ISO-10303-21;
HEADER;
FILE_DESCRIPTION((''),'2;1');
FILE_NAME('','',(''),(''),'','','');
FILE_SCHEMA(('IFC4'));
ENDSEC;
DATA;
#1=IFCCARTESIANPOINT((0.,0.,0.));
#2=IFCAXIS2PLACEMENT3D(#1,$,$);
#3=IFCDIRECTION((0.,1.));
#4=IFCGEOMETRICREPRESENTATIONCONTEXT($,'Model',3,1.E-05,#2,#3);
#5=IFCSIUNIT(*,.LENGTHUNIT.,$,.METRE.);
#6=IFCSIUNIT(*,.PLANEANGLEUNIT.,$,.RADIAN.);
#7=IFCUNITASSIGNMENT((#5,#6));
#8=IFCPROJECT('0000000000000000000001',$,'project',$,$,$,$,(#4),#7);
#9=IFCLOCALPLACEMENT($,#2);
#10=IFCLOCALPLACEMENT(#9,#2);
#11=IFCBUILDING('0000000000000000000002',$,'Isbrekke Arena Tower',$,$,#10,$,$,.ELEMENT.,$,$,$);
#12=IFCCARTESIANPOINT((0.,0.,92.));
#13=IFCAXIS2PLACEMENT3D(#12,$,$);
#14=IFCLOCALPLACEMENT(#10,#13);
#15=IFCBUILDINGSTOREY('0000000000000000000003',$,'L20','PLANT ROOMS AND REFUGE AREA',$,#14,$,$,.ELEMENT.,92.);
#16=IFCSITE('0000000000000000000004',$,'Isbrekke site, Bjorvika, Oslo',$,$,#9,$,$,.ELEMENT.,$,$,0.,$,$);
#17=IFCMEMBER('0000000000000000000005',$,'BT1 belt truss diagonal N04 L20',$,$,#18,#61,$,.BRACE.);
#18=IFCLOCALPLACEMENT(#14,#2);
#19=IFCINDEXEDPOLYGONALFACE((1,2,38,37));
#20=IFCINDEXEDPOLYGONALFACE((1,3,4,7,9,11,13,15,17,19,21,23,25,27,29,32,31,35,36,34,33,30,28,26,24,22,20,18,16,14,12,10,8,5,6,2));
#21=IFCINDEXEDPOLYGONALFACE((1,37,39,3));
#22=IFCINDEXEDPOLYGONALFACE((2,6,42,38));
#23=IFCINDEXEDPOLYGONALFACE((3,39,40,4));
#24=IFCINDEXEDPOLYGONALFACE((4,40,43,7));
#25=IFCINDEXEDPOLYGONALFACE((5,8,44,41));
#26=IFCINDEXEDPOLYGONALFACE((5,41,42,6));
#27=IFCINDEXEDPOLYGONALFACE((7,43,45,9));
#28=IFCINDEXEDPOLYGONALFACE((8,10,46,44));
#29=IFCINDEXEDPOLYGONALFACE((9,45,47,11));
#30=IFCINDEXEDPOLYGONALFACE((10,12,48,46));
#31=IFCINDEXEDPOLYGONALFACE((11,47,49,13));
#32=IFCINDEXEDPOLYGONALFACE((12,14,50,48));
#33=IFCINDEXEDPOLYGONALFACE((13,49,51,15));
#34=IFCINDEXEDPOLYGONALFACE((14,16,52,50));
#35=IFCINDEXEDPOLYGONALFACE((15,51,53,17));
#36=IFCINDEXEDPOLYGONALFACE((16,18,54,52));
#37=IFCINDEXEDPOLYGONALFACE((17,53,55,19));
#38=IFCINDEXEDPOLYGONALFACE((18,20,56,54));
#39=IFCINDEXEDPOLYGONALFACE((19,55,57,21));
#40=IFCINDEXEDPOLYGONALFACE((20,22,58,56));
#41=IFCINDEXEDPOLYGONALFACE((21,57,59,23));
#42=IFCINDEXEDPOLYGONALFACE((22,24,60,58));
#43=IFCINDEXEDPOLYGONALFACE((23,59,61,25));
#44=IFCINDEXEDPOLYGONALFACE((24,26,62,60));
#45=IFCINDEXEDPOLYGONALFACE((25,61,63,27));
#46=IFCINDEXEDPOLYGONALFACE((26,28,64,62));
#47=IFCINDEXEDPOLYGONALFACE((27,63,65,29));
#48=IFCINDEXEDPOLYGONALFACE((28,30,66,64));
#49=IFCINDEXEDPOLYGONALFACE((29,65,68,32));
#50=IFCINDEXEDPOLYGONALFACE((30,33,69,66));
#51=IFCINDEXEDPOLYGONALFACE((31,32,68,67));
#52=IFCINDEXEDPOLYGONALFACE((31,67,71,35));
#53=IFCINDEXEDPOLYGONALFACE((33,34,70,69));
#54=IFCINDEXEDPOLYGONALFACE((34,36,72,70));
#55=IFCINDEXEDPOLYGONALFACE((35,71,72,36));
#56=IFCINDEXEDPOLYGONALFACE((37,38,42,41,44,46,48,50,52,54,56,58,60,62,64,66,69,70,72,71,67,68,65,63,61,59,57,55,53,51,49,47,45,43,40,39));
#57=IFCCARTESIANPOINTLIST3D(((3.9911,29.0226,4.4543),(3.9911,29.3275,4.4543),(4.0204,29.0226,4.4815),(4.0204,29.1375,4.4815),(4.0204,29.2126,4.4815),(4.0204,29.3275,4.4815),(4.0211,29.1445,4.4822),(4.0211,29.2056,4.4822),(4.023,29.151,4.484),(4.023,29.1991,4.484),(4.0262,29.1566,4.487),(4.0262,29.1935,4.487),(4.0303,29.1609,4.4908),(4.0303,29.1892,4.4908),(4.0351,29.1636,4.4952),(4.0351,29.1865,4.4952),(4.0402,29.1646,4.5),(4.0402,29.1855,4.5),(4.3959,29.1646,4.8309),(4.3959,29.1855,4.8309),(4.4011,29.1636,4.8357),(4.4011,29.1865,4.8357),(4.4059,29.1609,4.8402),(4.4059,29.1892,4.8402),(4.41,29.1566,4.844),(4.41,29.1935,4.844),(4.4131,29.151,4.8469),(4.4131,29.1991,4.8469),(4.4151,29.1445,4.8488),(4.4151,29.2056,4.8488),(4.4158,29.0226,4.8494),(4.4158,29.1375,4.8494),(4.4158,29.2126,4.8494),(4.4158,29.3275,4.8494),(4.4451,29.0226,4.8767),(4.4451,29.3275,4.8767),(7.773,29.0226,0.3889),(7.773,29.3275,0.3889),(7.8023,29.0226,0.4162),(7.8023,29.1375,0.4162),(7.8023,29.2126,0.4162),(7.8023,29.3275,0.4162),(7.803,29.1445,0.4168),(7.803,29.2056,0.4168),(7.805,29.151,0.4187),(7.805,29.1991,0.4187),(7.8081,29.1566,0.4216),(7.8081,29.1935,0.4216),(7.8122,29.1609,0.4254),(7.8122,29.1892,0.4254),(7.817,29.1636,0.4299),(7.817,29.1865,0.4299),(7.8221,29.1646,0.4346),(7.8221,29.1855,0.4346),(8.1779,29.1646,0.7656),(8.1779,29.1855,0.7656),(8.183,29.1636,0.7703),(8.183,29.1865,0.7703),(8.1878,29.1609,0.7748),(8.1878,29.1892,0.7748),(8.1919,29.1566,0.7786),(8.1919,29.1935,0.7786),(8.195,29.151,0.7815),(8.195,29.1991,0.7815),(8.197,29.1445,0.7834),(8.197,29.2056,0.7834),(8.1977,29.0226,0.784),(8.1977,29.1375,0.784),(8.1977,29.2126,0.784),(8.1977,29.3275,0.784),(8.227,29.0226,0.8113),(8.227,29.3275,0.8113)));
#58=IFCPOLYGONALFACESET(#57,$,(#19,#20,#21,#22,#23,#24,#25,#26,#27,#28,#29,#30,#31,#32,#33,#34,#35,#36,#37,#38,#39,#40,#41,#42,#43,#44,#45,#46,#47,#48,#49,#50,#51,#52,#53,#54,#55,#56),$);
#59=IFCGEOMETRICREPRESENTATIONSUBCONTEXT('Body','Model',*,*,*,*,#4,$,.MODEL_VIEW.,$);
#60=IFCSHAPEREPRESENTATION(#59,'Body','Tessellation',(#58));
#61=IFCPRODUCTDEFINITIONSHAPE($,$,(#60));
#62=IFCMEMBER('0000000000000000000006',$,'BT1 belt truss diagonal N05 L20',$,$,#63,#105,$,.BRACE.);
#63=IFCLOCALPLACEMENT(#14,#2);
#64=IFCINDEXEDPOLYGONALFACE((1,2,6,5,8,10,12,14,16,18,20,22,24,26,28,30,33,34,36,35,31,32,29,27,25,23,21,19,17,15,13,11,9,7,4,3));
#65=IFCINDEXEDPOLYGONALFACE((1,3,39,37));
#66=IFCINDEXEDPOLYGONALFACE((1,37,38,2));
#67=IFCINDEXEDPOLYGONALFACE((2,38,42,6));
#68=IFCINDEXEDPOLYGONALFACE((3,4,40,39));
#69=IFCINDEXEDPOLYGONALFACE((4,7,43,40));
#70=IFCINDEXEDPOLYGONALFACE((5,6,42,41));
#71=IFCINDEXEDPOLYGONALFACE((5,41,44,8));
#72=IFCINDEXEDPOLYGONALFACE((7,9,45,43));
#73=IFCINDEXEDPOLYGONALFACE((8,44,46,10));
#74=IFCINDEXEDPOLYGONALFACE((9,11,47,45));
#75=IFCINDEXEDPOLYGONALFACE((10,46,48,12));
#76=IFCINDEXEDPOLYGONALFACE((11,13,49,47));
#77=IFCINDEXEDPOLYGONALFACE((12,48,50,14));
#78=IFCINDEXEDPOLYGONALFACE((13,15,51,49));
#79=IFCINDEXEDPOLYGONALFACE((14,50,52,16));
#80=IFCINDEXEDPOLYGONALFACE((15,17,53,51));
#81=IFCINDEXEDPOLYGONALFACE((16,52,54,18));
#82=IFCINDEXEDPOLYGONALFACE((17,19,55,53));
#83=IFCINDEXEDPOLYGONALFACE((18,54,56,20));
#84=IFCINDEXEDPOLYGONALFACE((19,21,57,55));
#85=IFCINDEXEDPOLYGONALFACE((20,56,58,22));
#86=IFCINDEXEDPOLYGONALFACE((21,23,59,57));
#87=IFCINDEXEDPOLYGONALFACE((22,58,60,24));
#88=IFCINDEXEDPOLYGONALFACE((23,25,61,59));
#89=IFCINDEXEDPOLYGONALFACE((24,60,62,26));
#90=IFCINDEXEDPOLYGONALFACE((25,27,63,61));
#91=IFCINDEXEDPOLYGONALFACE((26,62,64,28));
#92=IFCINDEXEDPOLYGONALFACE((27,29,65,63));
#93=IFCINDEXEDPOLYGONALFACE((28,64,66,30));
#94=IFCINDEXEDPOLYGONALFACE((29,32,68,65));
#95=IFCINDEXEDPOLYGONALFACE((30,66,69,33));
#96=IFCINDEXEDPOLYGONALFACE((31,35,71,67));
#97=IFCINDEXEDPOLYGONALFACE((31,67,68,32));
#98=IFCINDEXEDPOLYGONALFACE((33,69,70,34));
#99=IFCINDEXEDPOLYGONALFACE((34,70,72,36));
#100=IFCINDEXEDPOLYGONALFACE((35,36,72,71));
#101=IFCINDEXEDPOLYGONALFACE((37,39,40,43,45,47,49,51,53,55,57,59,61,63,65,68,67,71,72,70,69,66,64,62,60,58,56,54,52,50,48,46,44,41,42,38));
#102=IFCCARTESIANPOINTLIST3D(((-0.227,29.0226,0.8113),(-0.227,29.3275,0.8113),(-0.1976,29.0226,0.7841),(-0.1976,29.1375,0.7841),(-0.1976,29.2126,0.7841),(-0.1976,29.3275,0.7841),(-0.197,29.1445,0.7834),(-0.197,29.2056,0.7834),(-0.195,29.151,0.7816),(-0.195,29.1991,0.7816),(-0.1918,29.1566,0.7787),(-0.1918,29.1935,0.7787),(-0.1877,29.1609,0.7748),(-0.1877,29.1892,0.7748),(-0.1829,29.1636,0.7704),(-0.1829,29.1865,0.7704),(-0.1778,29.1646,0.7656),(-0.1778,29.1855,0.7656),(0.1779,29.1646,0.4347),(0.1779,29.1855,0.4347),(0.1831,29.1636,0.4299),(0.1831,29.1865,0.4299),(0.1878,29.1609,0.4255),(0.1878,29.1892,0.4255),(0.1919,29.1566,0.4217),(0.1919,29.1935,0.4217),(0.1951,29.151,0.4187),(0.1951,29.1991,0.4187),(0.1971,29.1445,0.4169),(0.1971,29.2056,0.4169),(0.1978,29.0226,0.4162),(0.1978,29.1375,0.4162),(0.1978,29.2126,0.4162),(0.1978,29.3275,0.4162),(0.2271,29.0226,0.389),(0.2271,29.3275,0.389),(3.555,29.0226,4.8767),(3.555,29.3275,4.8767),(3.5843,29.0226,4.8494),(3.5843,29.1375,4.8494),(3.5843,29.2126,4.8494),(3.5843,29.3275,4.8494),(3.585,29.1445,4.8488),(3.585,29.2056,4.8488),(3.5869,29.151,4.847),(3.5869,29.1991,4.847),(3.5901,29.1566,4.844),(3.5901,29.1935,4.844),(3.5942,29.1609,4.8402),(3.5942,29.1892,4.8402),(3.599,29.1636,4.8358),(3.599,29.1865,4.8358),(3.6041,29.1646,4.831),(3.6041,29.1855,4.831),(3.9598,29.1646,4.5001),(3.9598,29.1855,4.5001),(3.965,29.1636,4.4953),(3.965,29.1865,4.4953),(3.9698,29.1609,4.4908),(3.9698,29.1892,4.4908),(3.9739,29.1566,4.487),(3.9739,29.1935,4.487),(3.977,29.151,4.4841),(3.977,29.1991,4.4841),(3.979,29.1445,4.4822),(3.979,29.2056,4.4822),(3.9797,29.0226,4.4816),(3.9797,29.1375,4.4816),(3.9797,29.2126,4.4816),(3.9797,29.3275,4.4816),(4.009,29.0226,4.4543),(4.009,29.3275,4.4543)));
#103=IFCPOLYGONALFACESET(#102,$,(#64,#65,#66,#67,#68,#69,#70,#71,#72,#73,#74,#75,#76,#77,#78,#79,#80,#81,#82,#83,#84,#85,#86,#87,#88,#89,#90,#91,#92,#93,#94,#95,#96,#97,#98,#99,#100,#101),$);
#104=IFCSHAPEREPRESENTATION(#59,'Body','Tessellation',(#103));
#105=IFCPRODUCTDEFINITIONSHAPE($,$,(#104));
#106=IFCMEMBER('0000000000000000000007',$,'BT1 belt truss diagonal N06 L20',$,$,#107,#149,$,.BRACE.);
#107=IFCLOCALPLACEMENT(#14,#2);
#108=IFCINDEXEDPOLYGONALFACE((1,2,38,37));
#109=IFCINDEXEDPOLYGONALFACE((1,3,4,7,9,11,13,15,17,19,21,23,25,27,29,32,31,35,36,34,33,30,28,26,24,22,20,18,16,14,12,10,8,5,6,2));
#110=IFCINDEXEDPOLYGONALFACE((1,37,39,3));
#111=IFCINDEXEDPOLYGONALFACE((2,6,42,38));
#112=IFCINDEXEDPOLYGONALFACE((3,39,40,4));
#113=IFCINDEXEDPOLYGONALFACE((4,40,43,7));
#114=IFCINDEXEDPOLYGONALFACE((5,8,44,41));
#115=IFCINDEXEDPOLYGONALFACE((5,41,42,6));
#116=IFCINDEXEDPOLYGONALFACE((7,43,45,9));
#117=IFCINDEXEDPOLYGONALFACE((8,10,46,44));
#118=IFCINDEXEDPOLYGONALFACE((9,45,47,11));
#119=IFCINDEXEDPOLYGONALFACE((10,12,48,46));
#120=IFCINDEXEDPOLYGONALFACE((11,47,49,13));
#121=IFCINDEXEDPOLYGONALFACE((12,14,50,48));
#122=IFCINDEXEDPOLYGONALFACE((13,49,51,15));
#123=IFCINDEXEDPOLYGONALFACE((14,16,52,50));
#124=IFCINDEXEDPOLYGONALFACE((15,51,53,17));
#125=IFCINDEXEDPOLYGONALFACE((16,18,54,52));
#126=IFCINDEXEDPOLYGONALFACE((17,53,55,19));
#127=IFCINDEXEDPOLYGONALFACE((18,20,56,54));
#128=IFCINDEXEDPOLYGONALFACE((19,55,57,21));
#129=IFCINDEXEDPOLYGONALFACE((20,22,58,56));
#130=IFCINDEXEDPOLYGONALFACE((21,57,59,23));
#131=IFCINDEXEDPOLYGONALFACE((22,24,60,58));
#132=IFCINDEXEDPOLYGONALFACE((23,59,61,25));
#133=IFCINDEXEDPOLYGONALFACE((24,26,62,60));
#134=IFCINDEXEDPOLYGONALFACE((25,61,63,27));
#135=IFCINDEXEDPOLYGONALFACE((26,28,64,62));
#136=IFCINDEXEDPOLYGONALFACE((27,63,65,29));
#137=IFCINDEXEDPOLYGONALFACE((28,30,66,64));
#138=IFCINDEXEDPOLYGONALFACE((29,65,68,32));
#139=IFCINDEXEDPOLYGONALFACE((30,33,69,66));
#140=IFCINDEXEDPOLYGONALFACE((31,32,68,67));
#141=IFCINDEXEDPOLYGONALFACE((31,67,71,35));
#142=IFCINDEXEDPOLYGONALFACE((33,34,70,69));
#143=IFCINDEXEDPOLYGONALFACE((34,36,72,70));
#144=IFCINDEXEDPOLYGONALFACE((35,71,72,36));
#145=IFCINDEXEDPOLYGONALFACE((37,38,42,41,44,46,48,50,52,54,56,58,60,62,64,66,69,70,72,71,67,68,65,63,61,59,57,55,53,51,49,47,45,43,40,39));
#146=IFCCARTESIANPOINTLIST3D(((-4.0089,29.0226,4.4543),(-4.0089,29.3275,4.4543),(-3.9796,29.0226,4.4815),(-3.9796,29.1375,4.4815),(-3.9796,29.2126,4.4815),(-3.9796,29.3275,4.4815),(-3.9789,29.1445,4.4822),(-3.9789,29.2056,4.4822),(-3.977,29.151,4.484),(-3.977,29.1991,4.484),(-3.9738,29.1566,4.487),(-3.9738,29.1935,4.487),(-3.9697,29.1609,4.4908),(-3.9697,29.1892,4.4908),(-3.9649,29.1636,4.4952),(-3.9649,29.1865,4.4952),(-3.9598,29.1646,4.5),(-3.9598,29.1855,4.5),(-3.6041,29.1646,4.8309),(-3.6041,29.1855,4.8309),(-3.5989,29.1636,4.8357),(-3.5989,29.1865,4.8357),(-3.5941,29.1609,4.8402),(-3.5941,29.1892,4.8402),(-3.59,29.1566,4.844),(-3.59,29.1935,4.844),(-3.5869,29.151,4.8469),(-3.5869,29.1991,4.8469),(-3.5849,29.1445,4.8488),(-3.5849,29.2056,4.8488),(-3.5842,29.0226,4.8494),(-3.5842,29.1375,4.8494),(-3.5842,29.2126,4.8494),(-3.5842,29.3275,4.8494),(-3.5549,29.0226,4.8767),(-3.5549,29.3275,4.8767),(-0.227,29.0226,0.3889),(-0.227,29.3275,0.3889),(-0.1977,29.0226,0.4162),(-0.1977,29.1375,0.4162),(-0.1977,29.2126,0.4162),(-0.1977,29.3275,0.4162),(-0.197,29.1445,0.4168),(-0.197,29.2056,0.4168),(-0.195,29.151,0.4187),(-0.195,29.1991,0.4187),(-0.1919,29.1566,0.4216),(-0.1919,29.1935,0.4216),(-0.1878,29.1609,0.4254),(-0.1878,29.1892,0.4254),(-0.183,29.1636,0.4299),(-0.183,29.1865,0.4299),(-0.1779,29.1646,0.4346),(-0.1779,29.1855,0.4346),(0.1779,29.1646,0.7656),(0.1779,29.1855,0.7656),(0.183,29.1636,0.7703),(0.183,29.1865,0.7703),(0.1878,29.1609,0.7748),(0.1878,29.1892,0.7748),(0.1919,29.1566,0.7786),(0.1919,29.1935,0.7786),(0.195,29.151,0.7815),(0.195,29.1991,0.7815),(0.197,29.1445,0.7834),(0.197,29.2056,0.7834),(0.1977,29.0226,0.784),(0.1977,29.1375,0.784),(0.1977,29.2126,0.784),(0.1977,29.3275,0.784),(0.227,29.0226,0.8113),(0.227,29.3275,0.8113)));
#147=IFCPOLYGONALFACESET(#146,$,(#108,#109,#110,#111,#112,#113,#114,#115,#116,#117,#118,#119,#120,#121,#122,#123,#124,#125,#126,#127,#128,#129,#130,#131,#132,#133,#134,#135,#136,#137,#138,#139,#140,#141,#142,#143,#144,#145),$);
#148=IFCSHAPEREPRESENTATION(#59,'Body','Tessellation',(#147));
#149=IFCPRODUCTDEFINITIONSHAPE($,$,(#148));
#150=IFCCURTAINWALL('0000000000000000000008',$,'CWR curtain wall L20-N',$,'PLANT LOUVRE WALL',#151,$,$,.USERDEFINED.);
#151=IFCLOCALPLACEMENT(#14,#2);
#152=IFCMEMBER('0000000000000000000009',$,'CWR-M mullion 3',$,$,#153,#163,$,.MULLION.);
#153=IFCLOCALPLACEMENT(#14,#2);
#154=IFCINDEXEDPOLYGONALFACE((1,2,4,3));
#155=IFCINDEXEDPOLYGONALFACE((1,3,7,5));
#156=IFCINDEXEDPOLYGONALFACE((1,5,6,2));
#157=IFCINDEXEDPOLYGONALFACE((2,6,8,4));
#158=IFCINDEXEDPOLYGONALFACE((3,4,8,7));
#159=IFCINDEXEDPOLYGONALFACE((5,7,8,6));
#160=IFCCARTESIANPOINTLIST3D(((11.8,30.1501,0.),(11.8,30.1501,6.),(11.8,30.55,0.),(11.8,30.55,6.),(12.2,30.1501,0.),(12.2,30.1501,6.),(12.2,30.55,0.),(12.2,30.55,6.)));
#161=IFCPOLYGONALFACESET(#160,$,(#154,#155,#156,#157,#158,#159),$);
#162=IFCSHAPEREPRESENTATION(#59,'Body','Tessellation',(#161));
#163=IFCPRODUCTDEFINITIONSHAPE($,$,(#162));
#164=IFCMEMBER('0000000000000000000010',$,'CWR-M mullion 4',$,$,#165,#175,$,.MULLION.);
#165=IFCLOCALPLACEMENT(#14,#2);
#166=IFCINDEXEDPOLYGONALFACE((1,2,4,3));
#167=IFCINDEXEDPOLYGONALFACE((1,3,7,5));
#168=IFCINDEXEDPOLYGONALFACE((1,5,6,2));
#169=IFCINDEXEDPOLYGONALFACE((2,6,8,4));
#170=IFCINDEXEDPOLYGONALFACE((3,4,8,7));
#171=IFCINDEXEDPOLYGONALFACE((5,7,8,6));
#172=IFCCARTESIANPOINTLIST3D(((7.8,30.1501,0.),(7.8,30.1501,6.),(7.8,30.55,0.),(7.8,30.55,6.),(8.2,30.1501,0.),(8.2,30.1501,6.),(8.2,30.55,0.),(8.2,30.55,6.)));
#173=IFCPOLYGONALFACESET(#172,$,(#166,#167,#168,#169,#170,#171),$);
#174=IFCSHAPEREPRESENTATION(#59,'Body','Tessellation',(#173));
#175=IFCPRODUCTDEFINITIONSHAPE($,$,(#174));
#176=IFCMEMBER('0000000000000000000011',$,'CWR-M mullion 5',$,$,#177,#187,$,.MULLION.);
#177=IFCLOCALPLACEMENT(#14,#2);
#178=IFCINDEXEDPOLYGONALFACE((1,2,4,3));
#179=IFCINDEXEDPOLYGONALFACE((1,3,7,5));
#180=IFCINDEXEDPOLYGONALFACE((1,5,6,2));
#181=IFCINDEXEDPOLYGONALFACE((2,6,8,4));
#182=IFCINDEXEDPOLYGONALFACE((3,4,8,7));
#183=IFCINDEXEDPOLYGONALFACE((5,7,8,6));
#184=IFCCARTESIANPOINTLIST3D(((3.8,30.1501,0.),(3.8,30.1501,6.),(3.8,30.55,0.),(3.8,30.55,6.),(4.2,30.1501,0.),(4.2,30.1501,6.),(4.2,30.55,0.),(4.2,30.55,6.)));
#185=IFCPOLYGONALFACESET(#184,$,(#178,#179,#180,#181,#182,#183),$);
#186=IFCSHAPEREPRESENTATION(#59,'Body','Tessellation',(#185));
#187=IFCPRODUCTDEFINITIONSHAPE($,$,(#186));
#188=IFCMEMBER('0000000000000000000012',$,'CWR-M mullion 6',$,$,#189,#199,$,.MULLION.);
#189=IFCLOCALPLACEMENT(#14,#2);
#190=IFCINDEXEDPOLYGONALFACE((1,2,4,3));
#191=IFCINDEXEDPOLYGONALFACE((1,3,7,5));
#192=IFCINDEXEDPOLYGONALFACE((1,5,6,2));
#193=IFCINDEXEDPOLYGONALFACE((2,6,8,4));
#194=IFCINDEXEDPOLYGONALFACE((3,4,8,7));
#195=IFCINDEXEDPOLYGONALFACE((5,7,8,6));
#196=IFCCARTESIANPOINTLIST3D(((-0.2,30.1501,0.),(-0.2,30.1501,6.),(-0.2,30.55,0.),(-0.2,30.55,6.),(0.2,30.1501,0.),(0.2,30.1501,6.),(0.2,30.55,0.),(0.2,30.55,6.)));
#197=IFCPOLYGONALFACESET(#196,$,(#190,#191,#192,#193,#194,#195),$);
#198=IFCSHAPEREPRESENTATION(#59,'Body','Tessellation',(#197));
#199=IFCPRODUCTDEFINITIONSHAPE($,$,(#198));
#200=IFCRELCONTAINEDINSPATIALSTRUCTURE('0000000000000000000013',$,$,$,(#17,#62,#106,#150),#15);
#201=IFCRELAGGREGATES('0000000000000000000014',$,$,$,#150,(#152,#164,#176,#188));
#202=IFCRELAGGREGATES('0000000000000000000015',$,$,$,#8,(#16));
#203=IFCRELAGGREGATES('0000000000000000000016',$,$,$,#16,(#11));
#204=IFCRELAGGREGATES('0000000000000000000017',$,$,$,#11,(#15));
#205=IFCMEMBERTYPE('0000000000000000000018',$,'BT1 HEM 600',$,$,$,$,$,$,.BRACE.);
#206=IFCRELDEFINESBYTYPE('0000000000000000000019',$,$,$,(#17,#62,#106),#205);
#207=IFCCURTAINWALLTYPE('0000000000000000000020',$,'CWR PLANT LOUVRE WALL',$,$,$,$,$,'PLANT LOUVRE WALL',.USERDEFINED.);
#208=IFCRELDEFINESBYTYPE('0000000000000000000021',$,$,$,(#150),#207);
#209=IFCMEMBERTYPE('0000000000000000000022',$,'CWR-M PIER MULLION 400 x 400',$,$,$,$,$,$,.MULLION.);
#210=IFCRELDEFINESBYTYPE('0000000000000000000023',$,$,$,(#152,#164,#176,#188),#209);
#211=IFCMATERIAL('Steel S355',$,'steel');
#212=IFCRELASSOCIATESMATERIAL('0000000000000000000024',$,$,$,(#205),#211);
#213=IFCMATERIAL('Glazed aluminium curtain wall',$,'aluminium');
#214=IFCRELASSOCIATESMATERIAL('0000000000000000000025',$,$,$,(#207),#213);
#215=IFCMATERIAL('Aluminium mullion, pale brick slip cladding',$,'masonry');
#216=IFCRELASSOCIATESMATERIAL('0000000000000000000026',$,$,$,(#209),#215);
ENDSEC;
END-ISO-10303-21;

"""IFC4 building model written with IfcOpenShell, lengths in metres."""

from ifc_helpers import new_model, si_unit, direction, frame, origin, origin_2d, place, context, subcontext, project, spatial, rectangle, i_section, extrude, material, material_profile, profile_set, type_object, element, aggregate, save


model = new_model("IFC4")

# Units and contexts
model_context = context("Model", 3, precision=1e-05, world=origin(), true_north=direction((0.0, 1.0)))
body_context = subcontext(model_context, "Body", "Model", "MODEL_VIEW")
ifc_project = project(units=[si_unit("LENGTHUNIT", "METRE"), si_unit("PLANEANGLEUNIT", "RADIAN")], contexts=[model_context])

# Site, building, storey
site_placement = place(None, origin())
site = spatial("IfcSite", under=ifc_project, at=site_placement, Name="Isbrekke site, Bjorvika, Oslo", CompositionType="ELEMENT", RefElevation=0.0)
building_placement = place(site_placement, origin())
building = spatial("IfcBuilding", under=site, at=building_placement, Name="Isbrekke Arena Tower", CompositionType="ELEMENT")
storey_placement = place(building_placement, frame((0.0, 0.0, 92.0)))
storey = spatial("IfcBuildingStorey", under=building, at=storey_placement, Name="L20", Description="PLANT ROOMS AND REFUGE AREA", CompositionType="ELEMENT", Elevation=92.0)

# Members
ifc_material_1 = material(Name="Steel S355", Category="steel")
ifc_material_profile_1 = material_profile(ifc_material_1, i_section(OverallWidth=0.3049, OverallDepth=0.6201, WebThickness=0.021, FlangeThickness=0.04, FilletRadius=0.0271, at=origin_2d()), Name="HEM 600")
ifc_profile_set_1 = profile_set([ifc_material_profile_1], Name="Steel S355")
member_type_1 = type_object("IfcMemberType", Name="BT1 HEM 600", PredefinedType="BRACE", material=ifc_profile_set_1)
for number, where, z_axis, x_axis, name in (
    (1, (8.0, 29.175, 0.6001), (-0.681122, 0.0, 0.73217), (0.0, -1.0, 0.0), "BT1 belt truss diagonal N04 L20"),
    (2, (3.782, 29.175, 4.6655), (-0.681122, 0.0, -0.73217), (0.0, -1.0, 0.0), "BT1 belt truss diagonal N05 L20"),
    (3, (0.0, 29.175, 0.6001), (-0.681122, 0.0, 0.73217), (0.0, -1.0, 0.0), "BT1 belt truss diagonal N06 L20"),
):
    element("IfcMember", number, at=place(storey_placement, frame(where, z_axis=z_axis, x_axis=x_axis)), inside=storey, type_object=member_type_1, Name=name, PredefinedType="BRACE", context=body_context, shape_type="SweptSolid", body=[
        extrude(i_section(OverallWidth=0.3049, OverallDepth=0.6201, WebThickness=0.021, FlangeThickness=0.04, FilletRadius=0.0271, at=origin_2d()), origin(), (0.0, 0.0, 1.0), 5.5525),
    ])

# Curtain wall, members
ifc_material_2 = material(Name="Glazed aluminium curtain wall", Category="aluminium")
curtain_wall_type = type_object("IfcCurtainWallType", Name="CWR PLANT LOUVRE WALL", ElementType="PLANT LOUVRE WALL", PredefinedType="USERDEFINED", material=ifc_material_2)
curtain_wall_placement = place(storey_placement, origin())
curtain_wall = element("IfcCurtainWall", 4, at=curtain_wall_placement, inside=storey, type_object=curtain_wall_type, Name="CWR curtain wall L20-N", ObjectType="PLANT LOUVRE WALL", PredefinedType="USERDEFINED")
ifc_material_3 = material(Name="Aluminium mullion, pale brick slip cladding", Category="masonry")
ifc_material_profile_2 = material_profile(ifc_material_3, rectangle(XDim=0.3999, YDim=0.3999, at=origin_2d()), Name="PIER 400X400")
ifc_profile_set_2 = profile_set([ifc_material_profile_2], Name="Aluminium mullion, pale brick slip cladding")
member_type_2 = type_object("IfcMemberType", Name="CWR-M PIER MULLION 400 x 400", PredefinedType="MULLION", material=ifc_profile_set_2)
member_1_placement = place(storey_placement, frame((12.0, 30.3501, 0.0), z_axis=(0.0, 0.0, 1.0), x_axis=(-1.0, 0.0, 0.0)))
member_1 = element("IfcMember", 5, at=member_1_placement, type_object=member_type_2, Name="CWR-M mullion 3", PredefinedType="MULLION", context=body_context, shape_type="SweptSolid", body=[
    extrude(rectangle(XDim=0.3999, YDim=0.3999, at=origin_2d()), origin(), (0.0, 0.0, 1.0), 6.0),
])
member_2_placement = place(storey_placement, frame((8.0, 30.3501, 0.0), z_axis=(0.0, 0.0, 1.0), x_axis=(-1.0, 0.0, 0.0)))
member_2 = element("IfcMember", 6, at=member_2_placement, type_object=member_type_2, Name="CWR-M mullion 4", PredefinedType="MULLION", context=body_context, shape_type="SweptSolid", body=[
    extrude(rectangle(XDim=0.3999, YDim=0.3999, at=origin_2d()), origin(), (0.0, 0.0, 1.0), 6.0),
])
member_3_placement = place(storey_placement, frame((4.0, 30.3501, 0.0), z_axis=(0.0, 0.0, 1.0), x_axis=(-1.0, 0.0, 0.0)))
member_3 = element("IfcMember", 7, at=member_3_placement, type_object=member_type_2, Name="CWR-M mullion 5", PredefinedType="MULLION", context=body_context, shape_type="SweptSolid", body=[
    extrude(rectangle(XDim=0.3999, YDim=0.3999, at=origin_2d()), origin(), (0.0, 0.0, 1.0), 6.0),
])
member_4_placement = place(storey_placement, frame((0.0, 30.3501, 0.0), z_axis=(0.0, 0.0, 1.0), x_axis=(-1.0, 0.0, 0.0)))
member_4 = element("IfcMember", 8, at=member_4_placement, type_object=member_type_2, Name="CWR-M mullion 6", PredefinedType="MULLION", context=body_context, shape_type="SweptSolid", body=[
    extrude(rectangle(XDim=0.3999, YDim=0.3999, at=origin_2d()), origin(), (0.0, 0.0, 1.0), 6.0),
])

aggregate(curtain_wall, [member_1, member_2, member_3, member_4])

save(model, "model.ifc")
